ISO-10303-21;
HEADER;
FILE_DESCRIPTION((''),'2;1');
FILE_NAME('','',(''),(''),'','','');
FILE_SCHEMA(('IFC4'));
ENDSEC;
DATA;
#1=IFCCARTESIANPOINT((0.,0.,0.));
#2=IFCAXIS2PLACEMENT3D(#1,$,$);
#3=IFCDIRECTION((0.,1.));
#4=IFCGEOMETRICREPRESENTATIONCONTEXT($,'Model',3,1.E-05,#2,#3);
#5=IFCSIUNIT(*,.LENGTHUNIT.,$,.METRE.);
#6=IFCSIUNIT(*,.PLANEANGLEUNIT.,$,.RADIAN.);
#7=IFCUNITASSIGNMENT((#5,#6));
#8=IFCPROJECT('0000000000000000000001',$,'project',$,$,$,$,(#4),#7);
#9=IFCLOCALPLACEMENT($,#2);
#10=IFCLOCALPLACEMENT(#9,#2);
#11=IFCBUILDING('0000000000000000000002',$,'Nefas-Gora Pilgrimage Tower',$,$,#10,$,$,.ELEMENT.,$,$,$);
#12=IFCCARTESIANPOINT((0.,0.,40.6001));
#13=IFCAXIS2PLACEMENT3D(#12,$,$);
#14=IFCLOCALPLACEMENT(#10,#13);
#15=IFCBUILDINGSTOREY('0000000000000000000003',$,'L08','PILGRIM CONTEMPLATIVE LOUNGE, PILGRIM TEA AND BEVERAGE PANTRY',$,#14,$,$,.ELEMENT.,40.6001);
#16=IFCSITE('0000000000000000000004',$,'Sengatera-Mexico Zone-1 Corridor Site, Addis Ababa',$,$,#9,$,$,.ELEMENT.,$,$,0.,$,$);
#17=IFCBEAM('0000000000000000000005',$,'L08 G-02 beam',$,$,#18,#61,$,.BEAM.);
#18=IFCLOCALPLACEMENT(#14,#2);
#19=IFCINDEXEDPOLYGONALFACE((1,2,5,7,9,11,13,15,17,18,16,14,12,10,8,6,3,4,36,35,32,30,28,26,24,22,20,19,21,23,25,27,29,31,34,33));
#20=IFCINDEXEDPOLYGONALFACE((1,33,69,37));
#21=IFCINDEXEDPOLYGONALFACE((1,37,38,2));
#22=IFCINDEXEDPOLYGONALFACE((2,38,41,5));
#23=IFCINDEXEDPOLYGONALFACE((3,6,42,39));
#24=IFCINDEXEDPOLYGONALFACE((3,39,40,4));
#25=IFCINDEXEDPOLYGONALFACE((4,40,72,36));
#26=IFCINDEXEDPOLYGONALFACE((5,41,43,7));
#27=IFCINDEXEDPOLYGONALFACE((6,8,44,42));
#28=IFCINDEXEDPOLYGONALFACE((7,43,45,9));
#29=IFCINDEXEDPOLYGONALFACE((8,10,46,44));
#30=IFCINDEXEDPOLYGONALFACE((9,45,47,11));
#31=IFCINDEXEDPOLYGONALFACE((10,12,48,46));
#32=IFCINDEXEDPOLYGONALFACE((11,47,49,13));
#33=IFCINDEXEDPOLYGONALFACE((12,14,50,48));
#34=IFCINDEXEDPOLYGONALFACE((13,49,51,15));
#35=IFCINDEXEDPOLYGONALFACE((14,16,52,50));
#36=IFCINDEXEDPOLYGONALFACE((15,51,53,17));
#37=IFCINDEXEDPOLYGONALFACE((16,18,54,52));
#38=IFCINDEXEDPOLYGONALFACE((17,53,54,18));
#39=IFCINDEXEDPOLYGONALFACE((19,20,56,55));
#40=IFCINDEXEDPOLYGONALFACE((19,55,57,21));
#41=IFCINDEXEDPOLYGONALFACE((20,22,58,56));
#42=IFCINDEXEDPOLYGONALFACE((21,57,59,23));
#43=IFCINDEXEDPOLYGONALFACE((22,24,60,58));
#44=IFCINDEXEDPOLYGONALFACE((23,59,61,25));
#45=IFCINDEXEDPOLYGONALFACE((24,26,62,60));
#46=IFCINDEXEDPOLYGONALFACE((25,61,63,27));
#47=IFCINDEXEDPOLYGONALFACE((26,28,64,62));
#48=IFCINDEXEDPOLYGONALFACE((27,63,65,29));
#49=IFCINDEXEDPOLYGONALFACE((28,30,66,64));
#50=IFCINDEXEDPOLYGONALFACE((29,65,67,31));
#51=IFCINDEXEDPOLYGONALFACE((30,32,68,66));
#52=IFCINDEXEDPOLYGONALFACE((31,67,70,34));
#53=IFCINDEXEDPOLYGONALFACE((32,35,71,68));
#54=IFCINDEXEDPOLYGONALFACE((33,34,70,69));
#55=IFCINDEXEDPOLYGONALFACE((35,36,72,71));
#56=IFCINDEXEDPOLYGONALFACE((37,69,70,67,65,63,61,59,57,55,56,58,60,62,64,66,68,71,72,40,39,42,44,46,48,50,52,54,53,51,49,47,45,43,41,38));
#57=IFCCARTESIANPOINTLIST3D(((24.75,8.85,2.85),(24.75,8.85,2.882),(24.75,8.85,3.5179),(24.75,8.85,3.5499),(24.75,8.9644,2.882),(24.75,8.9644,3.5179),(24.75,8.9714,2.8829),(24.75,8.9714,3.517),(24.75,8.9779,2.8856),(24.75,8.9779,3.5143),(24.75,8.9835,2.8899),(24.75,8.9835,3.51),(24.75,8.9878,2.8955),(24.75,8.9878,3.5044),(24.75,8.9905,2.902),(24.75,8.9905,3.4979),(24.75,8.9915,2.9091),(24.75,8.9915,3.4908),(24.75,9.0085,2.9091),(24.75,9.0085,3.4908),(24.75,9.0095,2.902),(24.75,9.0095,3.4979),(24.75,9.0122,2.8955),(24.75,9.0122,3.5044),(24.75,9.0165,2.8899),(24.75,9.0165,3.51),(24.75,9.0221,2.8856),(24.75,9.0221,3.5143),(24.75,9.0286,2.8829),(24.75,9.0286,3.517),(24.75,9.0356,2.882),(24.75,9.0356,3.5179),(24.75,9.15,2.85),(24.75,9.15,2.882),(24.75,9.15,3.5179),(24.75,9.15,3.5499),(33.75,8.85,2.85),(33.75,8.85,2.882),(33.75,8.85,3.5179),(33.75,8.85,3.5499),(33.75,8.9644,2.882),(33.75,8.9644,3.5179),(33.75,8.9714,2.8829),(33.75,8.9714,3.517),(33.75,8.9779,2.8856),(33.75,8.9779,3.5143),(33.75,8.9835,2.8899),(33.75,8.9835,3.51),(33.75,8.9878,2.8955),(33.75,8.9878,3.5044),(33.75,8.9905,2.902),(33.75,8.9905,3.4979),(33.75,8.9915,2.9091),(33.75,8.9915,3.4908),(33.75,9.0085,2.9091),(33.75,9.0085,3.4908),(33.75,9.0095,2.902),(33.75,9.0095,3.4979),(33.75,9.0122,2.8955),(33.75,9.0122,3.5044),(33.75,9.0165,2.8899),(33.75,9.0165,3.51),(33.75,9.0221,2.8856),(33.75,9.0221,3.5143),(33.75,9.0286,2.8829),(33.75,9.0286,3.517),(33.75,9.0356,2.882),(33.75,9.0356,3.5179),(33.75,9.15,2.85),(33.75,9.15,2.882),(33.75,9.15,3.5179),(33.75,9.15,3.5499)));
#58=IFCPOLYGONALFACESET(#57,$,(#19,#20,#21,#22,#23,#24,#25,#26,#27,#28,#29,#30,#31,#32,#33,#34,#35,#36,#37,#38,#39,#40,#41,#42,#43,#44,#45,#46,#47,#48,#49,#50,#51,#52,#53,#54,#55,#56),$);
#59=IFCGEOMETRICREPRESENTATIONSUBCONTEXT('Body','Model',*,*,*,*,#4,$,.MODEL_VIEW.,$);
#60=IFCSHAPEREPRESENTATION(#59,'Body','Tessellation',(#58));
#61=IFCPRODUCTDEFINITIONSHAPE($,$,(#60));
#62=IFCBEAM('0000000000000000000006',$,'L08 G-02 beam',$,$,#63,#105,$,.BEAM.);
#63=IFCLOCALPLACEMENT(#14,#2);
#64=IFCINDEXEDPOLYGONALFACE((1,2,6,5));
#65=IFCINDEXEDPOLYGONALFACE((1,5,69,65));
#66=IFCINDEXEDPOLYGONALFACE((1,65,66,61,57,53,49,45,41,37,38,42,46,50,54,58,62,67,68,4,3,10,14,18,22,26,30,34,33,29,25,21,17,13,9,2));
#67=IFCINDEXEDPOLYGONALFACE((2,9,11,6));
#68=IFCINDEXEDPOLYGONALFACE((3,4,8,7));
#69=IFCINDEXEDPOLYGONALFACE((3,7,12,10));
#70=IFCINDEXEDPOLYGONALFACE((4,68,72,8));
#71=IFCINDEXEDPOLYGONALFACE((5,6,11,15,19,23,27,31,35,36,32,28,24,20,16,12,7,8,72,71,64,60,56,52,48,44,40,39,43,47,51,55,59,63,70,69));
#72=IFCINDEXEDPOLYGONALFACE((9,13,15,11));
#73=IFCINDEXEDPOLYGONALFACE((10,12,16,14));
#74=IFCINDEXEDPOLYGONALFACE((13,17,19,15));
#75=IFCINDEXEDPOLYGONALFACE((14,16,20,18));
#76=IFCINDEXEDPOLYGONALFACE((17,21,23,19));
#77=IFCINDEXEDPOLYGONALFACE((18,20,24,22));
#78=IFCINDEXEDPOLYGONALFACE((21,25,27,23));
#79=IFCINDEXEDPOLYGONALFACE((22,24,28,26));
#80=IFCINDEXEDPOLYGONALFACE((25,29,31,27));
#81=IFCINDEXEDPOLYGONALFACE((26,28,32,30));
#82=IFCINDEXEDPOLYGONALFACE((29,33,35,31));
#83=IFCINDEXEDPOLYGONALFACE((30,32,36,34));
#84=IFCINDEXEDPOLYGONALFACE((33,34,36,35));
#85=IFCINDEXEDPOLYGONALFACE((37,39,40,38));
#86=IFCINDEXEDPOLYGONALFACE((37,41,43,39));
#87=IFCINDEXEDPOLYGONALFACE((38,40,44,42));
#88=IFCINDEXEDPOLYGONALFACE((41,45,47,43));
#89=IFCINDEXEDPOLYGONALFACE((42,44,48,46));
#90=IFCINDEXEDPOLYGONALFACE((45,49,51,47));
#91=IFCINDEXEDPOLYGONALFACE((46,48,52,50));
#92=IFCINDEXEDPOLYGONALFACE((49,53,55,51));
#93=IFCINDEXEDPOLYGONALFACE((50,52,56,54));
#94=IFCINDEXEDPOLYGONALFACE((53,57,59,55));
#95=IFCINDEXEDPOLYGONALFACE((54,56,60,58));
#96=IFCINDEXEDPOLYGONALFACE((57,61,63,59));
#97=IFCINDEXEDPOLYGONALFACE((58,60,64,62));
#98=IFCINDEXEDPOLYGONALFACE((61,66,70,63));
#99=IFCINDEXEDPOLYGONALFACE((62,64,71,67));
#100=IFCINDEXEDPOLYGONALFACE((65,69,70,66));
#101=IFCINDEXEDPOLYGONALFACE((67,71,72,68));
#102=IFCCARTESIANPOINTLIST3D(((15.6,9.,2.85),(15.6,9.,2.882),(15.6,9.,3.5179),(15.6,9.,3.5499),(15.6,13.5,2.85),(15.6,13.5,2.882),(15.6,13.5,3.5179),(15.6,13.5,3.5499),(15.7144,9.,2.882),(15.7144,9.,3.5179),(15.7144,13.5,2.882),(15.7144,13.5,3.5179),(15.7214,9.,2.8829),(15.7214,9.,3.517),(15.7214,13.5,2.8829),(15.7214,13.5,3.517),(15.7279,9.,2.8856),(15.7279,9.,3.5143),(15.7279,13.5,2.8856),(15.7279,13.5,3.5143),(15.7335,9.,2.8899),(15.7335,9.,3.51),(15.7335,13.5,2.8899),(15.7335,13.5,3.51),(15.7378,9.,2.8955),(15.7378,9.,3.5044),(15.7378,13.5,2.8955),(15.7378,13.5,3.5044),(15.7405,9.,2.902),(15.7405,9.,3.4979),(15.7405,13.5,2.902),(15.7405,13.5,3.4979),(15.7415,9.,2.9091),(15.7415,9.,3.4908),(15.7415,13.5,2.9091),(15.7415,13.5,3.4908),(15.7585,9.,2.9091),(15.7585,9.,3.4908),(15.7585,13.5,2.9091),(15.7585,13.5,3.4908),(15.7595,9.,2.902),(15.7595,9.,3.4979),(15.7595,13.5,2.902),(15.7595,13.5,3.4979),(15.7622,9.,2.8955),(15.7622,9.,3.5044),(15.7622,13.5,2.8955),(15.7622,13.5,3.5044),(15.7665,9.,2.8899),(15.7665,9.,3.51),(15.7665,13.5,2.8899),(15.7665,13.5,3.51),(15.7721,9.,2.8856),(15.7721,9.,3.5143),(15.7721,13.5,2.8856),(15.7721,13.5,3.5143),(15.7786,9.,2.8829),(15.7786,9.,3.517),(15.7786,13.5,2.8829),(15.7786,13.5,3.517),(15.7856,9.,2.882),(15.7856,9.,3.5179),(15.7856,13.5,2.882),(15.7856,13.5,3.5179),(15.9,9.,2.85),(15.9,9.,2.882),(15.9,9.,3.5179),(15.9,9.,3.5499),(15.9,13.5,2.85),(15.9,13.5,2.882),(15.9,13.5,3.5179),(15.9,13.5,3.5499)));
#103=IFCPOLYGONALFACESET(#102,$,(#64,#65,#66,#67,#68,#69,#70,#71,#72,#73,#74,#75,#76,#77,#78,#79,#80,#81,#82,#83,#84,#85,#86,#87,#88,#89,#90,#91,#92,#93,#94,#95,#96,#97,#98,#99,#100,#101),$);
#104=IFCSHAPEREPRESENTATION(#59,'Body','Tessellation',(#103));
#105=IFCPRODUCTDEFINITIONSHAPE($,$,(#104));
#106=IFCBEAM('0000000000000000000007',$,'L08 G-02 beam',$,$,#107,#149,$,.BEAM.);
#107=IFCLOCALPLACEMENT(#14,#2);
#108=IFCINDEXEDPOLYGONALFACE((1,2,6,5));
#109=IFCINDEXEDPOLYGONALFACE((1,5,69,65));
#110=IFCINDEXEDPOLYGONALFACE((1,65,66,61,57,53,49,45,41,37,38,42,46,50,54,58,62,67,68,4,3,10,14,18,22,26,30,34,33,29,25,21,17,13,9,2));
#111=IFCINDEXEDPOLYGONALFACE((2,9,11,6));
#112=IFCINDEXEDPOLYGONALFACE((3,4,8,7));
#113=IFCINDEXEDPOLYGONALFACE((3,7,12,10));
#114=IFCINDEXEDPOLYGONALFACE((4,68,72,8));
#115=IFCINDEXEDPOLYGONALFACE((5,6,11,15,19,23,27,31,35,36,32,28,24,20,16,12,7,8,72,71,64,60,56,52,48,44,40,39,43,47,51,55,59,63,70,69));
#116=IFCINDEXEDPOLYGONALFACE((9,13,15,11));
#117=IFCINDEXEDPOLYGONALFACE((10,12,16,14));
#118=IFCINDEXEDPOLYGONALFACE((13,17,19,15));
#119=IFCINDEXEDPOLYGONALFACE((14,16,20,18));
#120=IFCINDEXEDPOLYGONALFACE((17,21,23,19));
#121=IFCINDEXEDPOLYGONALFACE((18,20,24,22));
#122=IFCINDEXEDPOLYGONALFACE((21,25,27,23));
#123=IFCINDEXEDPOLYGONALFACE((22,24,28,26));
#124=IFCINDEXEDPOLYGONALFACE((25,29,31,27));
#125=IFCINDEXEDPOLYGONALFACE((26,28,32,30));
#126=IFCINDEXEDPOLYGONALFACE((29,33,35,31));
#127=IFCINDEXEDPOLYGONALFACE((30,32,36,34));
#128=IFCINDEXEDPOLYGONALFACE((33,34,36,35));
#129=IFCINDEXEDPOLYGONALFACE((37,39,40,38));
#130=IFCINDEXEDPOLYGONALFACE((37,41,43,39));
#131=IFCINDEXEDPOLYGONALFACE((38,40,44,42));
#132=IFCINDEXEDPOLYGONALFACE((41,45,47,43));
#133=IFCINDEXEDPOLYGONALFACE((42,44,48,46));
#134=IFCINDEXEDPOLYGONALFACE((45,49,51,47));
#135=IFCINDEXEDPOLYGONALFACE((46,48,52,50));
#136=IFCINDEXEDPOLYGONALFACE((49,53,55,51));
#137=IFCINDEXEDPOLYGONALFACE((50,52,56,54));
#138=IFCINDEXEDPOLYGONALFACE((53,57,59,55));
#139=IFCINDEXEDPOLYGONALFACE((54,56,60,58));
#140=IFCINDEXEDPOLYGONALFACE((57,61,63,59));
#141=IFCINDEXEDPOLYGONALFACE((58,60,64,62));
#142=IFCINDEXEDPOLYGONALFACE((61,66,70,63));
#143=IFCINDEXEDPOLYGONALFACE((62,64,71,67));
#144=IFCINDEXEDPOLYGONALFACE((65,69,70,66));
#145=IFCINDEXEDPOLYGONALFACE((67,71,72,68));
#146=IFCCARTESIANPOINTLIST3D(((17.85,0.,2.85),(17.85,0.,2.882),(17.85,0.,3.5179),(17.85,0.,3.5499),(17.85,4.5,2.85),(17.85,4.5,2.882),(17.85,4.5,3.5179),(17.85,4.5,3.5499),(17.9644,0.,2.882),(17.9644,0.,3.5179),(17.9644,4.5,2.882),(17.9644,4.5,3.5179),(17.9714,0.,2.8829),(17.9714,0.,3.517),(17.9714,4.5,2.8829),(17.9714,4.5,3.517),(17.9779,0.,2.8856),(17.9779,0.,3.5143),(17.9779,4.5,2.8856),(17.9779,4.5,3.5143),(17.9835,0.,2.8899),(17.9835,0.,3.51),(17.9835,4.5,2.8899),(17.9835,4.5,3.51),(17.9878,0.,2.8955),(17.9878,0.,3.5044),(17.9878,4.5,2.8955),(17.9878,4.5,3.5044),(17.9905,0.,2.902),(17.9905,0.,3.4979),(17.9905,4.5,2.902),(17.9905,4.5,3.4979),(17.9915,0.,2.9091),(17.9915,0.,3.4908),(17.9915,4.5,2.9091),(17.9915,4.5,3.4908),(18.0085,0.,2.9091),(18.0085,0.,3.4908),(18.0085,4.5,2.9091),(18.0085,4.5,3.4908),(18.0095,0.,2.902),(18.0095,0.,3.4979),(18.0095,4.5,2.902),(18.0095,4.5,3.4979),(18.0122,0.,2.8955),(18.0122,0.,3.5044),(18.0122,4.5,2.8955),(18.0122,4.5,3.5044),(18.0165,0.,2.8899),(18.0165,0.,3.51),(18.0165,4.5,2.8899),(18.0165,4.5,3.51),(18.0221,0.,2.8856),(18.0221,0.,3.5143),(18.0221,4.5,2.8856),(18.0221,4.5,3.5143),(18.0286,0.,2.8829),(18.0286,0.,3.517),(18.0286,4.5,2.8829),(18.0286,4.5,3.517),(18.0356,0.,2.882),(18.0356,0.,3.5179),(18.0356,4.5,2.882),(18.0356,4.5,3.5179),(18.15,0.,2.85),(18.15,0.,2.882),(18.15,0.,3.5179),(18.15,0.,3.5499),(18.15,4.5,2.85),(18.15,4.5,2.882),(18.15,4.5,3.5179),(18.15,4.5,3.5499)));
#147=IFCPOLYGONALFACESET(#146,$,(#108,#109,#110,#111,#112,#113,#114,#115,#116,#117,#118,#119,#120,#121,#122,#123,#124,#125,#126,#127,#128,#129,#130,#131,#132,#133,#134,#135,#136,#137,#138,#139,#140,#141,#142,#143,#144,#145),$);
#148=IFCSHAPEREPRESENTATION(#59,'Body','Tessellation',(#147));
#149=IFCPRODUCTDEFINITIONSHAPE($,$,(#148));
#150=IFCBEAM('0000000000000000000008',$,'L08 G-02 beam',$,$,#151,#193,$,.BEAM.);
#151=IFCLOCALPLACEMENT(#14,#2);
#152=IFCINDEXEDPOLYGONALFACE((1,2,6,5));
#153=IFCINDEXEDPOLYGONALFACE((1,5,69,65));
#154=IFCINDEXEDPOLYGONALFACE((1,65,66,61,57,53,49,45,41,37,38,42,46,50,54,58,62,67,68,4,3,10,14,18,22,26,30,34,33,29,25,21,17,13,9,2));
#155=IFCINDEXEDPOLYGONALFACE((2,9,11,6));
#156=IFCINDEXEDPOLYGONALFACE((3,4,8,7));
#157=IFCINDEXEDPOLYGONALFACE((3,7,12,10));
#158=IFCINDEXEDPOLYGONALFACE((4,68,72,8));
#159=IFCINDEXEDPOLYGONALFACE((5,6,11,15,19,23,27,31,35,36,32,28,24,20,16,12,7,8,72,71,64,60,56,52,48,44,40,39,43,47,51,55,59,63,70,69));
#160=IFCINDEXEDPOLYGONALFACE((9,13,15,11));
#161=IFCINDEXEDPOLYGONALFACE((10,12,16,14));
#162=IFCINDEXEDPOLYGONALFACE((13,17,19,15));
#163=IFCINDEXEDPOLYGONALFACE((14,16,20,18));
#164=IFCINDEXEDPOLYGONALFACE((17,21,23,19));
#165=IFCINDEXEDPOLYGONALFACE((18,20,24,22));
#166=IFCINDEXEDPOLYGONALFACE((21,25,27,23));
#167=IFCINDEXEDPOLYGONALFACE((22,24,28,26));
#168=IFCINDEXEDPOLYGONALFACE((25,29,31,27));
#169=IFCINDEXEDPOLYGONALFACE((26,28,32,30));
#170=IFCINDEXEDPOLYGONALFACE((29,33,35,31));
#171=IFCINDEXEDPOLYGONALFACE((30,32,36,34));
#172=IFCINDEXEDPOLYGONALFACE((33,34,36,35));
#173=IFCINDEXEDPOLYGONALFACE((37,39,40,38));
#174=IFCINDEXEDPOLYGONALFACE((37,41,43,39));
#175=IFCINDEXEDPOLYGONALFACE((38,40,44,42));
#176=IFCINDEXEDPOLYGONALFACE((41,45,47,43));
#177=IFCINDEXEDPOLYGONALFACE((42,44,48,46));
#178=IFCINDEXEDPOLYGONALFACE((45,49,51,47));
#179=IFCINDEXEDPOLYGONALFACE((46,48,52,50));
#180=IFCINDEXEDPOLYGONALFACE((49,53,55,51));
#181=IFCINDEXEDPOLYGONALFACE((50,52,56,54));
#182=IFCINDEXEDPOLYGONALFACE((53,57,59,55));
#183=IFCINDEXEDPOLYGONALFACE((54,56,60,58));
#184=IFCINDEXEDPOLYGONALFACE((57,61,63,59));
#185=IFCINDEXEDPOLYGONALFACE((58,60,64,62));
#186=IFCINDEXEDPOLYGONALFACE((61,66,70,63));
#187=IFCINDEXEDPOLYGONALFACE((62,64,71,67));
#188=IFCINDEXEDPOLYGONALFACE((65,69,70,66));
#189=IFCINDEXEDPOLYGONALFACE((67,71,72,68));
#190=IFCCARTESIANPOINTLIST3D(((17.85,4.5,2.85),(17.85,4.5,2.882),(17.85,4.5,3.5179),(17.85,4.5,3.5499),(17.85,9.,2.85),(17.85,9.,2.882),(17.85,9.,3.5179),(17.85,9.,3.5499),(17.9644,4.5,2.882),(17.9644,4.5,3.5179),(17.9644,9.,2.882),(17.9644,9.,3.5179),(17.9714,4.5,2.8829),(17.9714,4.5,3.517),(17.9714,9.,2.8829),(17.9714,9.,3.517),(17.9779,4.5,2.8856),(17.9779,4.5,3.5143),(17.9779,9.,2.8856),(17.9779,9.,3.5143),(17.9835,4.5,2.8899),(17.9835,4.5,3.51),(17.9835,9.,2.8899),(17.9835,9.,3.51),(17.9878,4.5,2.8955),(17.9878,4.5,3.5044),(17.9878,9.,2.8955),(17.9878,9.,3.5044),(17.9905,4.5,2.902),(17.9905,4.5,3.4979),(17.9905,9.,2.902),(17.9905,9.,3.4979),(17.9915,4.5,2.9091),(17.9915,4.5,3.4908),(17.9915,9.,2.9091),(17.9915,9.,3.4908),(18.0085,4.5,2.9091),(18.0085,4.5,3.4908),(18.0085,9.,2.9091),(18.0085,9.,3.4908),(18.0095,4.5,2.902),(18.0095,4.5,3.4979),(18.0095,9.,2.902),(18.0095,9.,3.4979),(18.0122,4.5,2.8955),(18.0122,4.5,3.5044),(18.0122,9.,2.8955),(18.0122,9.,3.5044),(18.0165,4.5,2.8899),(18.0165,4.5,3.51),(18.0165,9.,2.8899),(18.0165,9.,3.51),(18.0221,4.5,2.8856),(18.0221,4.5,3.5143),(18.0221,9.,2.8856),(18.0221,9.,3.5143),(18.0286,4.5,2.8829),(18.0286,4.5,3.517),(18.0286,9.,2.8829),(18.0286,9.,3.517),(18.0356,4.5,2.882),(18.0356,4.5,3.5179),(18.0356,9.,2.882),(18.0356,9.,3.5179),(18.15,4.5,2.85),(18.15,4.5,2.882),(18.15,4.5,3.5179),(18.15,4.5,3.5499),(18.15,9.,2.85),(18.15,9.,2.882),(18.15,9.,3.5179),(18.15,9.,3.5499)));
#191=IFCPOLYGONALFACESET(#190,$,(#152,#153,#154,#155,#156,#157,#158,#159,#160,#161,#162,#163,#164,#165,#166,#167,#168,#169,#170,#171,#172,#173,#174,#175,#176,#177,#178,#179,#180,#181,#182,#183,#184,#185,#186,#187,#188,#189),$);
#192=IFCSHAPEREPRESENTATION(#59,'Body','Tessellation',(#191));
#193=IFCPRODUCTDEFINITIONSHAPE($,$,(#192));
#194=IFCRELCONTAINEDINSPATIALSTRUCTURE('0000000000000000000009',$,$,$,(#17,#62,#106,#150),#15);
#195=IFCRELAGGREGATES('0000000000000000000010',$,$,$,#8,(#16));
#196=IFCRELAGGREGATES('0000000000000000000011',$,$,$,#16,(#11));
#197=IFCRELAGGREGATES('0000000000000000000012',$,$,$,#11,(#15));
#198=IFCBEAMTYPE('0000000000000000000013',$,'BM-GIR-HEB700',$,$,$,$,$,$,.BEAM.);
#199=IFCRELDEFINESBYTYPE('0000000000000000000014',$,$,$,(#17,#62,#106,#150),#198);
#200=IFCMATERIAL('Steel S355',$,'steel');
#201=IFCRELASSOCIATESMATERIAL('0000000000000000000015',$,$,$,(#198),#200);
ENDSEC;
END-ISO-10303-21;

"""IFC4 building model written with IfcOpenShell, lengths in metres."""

from ifc_helpers import new_model, si_unit, direction, frame, origin, origin_2d, place, context, subcontext, project, spatial, i_section, extrude, source, transform, mapped, material, material_profile, profile_set, type_object, element, save


model = new_model("IFC4")

# Units and contexts
model_context = context("Model", 3, precision=1e-05, world=origin(), true_north=direction((0.0, 1.0)))
body_context = subcontext(model_context, "Body", "Model", "MODEL_VIEW")
ifc_project = project(units=[si_unit("LENGTHUNIT", "METRE"), si_unit("PLANEANGLEUNIT", "RADIAN")], contexts=[model_context])

# Site, building, storey
site_placement = place(None, origin())
site = spatial("IfcSite", under=ifc_project, at=site_placement, Name="Sengatera-Mexico Zone-1 Corridor Site, Addis Ababa", CompositionType="ELEMENT", RefElevation=0.0)
building_placement = place(site_placement, origin())
building = spatial("IfcBuilding", under=site, at=building_placement, Name="Nefas-Gora Pilgrimage Tower", CompositionType="ELEMENT")
storey_placement = place(building_placement, frame((0.0, 0.0, 40.6001)))
storey = spatial("IfcBuildingStorey", under=building, at=storey_placement, Name="L08", Description="PILGRIM CONTEMPLATIVE LOUNGE, PILGRIM TEA AND BEVERAGE PANTRY", CompositionType="ELEMENT", Elevation=40.6001)

# Beams
ifc_material_1 = material(Name="Steel S355", Category="steel")
ifc_material_profile_1 = material_profile(ifc_material_1, i_section(OverallWidth=0.3, OverallDepth=0.7, WebThickness=0.0171, FlangeThickness=0.032, FilletRadius=0.0271, at=origin_2d()), Name="HEB 700")
ifc_profile_set_1 = profile_set([ifc_material_profile_1], Name="Steel S355")
beam_type_1 = type_object("IfcBeamType", Name="BM-GIR-HEB700", PredefinedType="BEAM", material=ifc_profile_set_1)
shared_shape_1 = source(origin(), body_context, "Body", "SweptSolid", [
    extrude(i_section(OverallWidth=0.3, OverallDepth=0.7, WebThickness=0.0171, FlangeThickness=0.032, FilletRadius=0.0271, at=origin_2d()), origin(), (0.0, 0.0, 1.0), 9.0),
])
for number, where, z_axis, x_axis, name in (
    (1, (24.75, 9.0, 3.2), (1.0, 0.0, 0.0), (0.0, 1.0, 0.0), "L08 G-02 beam"),
):
    element("IfcBeam", number, at=place(storey_placement, frame(where, z_axis=z_axis, x_axis=x_axis)), inside=storey, type_object=beam_type_1, Name=name, PredefinedType="BEAM", context=body_context, shape_type="MappedRepresentation", body=[
        mapped(shared_shape_1, transform((0.0, 0.0, 0.0), x_axis=(1.0, 0.0, 0.0), y_axis=(0.0, 1.0, 0.0), z_axis=(0.0, 0.0, 1.0), scale=1.0)),
    ])
shared_shape_2 = source(origin(), body_context, "Body", "SweptSolid", [
    extrude(i_section(OverallWidth=0.3, OverallDepth=0.7, WebThickness=0.0171, FlangeThickness=0.032, FilletRadius=0.0271, at=origin_2d()), origin(), (0.0, 0.0, 1.0), 4.5),
])
for number, where, z_axis, x_axis, name in (
    (2, (15.75, 9.0, 3.2), (0.0, 1.0, 0.0), (-1.0, 0.0, 0.0), "L08 G-02 beam"),
    (3, (18.0, 0.0, 3.2), (0.0, 1.0, 0.0), (-1.0, 0.0, 0.0), "L08 G-02 beam"),
    (4, (18.0, 4.5, 3.2), (0.0, 1.0, 0.0), (-1.0, 0.0, 0.0), "L08 G-02 beam"),
):
    element("IfcBeam", number, at=place(storey_placement, frame(where, z_axis=z_axis, x_axis=x_axis)), inside=storey, type_object=beam_type_1, Name=name, PredefinedType="BEAM", context=body_context, shape_type="MappedRepresentation", body=[
        mapped(shared_shape_2, transform((0.0, 0.0, 0.0), x_axis=(1.0, 0.0, 0.0), y_axis=(0.0, 1.0, 0.0), z_axis=(0.0, 0.0, 1.0), scale=1.0)),
    ])

save(model, "model.ifc")
